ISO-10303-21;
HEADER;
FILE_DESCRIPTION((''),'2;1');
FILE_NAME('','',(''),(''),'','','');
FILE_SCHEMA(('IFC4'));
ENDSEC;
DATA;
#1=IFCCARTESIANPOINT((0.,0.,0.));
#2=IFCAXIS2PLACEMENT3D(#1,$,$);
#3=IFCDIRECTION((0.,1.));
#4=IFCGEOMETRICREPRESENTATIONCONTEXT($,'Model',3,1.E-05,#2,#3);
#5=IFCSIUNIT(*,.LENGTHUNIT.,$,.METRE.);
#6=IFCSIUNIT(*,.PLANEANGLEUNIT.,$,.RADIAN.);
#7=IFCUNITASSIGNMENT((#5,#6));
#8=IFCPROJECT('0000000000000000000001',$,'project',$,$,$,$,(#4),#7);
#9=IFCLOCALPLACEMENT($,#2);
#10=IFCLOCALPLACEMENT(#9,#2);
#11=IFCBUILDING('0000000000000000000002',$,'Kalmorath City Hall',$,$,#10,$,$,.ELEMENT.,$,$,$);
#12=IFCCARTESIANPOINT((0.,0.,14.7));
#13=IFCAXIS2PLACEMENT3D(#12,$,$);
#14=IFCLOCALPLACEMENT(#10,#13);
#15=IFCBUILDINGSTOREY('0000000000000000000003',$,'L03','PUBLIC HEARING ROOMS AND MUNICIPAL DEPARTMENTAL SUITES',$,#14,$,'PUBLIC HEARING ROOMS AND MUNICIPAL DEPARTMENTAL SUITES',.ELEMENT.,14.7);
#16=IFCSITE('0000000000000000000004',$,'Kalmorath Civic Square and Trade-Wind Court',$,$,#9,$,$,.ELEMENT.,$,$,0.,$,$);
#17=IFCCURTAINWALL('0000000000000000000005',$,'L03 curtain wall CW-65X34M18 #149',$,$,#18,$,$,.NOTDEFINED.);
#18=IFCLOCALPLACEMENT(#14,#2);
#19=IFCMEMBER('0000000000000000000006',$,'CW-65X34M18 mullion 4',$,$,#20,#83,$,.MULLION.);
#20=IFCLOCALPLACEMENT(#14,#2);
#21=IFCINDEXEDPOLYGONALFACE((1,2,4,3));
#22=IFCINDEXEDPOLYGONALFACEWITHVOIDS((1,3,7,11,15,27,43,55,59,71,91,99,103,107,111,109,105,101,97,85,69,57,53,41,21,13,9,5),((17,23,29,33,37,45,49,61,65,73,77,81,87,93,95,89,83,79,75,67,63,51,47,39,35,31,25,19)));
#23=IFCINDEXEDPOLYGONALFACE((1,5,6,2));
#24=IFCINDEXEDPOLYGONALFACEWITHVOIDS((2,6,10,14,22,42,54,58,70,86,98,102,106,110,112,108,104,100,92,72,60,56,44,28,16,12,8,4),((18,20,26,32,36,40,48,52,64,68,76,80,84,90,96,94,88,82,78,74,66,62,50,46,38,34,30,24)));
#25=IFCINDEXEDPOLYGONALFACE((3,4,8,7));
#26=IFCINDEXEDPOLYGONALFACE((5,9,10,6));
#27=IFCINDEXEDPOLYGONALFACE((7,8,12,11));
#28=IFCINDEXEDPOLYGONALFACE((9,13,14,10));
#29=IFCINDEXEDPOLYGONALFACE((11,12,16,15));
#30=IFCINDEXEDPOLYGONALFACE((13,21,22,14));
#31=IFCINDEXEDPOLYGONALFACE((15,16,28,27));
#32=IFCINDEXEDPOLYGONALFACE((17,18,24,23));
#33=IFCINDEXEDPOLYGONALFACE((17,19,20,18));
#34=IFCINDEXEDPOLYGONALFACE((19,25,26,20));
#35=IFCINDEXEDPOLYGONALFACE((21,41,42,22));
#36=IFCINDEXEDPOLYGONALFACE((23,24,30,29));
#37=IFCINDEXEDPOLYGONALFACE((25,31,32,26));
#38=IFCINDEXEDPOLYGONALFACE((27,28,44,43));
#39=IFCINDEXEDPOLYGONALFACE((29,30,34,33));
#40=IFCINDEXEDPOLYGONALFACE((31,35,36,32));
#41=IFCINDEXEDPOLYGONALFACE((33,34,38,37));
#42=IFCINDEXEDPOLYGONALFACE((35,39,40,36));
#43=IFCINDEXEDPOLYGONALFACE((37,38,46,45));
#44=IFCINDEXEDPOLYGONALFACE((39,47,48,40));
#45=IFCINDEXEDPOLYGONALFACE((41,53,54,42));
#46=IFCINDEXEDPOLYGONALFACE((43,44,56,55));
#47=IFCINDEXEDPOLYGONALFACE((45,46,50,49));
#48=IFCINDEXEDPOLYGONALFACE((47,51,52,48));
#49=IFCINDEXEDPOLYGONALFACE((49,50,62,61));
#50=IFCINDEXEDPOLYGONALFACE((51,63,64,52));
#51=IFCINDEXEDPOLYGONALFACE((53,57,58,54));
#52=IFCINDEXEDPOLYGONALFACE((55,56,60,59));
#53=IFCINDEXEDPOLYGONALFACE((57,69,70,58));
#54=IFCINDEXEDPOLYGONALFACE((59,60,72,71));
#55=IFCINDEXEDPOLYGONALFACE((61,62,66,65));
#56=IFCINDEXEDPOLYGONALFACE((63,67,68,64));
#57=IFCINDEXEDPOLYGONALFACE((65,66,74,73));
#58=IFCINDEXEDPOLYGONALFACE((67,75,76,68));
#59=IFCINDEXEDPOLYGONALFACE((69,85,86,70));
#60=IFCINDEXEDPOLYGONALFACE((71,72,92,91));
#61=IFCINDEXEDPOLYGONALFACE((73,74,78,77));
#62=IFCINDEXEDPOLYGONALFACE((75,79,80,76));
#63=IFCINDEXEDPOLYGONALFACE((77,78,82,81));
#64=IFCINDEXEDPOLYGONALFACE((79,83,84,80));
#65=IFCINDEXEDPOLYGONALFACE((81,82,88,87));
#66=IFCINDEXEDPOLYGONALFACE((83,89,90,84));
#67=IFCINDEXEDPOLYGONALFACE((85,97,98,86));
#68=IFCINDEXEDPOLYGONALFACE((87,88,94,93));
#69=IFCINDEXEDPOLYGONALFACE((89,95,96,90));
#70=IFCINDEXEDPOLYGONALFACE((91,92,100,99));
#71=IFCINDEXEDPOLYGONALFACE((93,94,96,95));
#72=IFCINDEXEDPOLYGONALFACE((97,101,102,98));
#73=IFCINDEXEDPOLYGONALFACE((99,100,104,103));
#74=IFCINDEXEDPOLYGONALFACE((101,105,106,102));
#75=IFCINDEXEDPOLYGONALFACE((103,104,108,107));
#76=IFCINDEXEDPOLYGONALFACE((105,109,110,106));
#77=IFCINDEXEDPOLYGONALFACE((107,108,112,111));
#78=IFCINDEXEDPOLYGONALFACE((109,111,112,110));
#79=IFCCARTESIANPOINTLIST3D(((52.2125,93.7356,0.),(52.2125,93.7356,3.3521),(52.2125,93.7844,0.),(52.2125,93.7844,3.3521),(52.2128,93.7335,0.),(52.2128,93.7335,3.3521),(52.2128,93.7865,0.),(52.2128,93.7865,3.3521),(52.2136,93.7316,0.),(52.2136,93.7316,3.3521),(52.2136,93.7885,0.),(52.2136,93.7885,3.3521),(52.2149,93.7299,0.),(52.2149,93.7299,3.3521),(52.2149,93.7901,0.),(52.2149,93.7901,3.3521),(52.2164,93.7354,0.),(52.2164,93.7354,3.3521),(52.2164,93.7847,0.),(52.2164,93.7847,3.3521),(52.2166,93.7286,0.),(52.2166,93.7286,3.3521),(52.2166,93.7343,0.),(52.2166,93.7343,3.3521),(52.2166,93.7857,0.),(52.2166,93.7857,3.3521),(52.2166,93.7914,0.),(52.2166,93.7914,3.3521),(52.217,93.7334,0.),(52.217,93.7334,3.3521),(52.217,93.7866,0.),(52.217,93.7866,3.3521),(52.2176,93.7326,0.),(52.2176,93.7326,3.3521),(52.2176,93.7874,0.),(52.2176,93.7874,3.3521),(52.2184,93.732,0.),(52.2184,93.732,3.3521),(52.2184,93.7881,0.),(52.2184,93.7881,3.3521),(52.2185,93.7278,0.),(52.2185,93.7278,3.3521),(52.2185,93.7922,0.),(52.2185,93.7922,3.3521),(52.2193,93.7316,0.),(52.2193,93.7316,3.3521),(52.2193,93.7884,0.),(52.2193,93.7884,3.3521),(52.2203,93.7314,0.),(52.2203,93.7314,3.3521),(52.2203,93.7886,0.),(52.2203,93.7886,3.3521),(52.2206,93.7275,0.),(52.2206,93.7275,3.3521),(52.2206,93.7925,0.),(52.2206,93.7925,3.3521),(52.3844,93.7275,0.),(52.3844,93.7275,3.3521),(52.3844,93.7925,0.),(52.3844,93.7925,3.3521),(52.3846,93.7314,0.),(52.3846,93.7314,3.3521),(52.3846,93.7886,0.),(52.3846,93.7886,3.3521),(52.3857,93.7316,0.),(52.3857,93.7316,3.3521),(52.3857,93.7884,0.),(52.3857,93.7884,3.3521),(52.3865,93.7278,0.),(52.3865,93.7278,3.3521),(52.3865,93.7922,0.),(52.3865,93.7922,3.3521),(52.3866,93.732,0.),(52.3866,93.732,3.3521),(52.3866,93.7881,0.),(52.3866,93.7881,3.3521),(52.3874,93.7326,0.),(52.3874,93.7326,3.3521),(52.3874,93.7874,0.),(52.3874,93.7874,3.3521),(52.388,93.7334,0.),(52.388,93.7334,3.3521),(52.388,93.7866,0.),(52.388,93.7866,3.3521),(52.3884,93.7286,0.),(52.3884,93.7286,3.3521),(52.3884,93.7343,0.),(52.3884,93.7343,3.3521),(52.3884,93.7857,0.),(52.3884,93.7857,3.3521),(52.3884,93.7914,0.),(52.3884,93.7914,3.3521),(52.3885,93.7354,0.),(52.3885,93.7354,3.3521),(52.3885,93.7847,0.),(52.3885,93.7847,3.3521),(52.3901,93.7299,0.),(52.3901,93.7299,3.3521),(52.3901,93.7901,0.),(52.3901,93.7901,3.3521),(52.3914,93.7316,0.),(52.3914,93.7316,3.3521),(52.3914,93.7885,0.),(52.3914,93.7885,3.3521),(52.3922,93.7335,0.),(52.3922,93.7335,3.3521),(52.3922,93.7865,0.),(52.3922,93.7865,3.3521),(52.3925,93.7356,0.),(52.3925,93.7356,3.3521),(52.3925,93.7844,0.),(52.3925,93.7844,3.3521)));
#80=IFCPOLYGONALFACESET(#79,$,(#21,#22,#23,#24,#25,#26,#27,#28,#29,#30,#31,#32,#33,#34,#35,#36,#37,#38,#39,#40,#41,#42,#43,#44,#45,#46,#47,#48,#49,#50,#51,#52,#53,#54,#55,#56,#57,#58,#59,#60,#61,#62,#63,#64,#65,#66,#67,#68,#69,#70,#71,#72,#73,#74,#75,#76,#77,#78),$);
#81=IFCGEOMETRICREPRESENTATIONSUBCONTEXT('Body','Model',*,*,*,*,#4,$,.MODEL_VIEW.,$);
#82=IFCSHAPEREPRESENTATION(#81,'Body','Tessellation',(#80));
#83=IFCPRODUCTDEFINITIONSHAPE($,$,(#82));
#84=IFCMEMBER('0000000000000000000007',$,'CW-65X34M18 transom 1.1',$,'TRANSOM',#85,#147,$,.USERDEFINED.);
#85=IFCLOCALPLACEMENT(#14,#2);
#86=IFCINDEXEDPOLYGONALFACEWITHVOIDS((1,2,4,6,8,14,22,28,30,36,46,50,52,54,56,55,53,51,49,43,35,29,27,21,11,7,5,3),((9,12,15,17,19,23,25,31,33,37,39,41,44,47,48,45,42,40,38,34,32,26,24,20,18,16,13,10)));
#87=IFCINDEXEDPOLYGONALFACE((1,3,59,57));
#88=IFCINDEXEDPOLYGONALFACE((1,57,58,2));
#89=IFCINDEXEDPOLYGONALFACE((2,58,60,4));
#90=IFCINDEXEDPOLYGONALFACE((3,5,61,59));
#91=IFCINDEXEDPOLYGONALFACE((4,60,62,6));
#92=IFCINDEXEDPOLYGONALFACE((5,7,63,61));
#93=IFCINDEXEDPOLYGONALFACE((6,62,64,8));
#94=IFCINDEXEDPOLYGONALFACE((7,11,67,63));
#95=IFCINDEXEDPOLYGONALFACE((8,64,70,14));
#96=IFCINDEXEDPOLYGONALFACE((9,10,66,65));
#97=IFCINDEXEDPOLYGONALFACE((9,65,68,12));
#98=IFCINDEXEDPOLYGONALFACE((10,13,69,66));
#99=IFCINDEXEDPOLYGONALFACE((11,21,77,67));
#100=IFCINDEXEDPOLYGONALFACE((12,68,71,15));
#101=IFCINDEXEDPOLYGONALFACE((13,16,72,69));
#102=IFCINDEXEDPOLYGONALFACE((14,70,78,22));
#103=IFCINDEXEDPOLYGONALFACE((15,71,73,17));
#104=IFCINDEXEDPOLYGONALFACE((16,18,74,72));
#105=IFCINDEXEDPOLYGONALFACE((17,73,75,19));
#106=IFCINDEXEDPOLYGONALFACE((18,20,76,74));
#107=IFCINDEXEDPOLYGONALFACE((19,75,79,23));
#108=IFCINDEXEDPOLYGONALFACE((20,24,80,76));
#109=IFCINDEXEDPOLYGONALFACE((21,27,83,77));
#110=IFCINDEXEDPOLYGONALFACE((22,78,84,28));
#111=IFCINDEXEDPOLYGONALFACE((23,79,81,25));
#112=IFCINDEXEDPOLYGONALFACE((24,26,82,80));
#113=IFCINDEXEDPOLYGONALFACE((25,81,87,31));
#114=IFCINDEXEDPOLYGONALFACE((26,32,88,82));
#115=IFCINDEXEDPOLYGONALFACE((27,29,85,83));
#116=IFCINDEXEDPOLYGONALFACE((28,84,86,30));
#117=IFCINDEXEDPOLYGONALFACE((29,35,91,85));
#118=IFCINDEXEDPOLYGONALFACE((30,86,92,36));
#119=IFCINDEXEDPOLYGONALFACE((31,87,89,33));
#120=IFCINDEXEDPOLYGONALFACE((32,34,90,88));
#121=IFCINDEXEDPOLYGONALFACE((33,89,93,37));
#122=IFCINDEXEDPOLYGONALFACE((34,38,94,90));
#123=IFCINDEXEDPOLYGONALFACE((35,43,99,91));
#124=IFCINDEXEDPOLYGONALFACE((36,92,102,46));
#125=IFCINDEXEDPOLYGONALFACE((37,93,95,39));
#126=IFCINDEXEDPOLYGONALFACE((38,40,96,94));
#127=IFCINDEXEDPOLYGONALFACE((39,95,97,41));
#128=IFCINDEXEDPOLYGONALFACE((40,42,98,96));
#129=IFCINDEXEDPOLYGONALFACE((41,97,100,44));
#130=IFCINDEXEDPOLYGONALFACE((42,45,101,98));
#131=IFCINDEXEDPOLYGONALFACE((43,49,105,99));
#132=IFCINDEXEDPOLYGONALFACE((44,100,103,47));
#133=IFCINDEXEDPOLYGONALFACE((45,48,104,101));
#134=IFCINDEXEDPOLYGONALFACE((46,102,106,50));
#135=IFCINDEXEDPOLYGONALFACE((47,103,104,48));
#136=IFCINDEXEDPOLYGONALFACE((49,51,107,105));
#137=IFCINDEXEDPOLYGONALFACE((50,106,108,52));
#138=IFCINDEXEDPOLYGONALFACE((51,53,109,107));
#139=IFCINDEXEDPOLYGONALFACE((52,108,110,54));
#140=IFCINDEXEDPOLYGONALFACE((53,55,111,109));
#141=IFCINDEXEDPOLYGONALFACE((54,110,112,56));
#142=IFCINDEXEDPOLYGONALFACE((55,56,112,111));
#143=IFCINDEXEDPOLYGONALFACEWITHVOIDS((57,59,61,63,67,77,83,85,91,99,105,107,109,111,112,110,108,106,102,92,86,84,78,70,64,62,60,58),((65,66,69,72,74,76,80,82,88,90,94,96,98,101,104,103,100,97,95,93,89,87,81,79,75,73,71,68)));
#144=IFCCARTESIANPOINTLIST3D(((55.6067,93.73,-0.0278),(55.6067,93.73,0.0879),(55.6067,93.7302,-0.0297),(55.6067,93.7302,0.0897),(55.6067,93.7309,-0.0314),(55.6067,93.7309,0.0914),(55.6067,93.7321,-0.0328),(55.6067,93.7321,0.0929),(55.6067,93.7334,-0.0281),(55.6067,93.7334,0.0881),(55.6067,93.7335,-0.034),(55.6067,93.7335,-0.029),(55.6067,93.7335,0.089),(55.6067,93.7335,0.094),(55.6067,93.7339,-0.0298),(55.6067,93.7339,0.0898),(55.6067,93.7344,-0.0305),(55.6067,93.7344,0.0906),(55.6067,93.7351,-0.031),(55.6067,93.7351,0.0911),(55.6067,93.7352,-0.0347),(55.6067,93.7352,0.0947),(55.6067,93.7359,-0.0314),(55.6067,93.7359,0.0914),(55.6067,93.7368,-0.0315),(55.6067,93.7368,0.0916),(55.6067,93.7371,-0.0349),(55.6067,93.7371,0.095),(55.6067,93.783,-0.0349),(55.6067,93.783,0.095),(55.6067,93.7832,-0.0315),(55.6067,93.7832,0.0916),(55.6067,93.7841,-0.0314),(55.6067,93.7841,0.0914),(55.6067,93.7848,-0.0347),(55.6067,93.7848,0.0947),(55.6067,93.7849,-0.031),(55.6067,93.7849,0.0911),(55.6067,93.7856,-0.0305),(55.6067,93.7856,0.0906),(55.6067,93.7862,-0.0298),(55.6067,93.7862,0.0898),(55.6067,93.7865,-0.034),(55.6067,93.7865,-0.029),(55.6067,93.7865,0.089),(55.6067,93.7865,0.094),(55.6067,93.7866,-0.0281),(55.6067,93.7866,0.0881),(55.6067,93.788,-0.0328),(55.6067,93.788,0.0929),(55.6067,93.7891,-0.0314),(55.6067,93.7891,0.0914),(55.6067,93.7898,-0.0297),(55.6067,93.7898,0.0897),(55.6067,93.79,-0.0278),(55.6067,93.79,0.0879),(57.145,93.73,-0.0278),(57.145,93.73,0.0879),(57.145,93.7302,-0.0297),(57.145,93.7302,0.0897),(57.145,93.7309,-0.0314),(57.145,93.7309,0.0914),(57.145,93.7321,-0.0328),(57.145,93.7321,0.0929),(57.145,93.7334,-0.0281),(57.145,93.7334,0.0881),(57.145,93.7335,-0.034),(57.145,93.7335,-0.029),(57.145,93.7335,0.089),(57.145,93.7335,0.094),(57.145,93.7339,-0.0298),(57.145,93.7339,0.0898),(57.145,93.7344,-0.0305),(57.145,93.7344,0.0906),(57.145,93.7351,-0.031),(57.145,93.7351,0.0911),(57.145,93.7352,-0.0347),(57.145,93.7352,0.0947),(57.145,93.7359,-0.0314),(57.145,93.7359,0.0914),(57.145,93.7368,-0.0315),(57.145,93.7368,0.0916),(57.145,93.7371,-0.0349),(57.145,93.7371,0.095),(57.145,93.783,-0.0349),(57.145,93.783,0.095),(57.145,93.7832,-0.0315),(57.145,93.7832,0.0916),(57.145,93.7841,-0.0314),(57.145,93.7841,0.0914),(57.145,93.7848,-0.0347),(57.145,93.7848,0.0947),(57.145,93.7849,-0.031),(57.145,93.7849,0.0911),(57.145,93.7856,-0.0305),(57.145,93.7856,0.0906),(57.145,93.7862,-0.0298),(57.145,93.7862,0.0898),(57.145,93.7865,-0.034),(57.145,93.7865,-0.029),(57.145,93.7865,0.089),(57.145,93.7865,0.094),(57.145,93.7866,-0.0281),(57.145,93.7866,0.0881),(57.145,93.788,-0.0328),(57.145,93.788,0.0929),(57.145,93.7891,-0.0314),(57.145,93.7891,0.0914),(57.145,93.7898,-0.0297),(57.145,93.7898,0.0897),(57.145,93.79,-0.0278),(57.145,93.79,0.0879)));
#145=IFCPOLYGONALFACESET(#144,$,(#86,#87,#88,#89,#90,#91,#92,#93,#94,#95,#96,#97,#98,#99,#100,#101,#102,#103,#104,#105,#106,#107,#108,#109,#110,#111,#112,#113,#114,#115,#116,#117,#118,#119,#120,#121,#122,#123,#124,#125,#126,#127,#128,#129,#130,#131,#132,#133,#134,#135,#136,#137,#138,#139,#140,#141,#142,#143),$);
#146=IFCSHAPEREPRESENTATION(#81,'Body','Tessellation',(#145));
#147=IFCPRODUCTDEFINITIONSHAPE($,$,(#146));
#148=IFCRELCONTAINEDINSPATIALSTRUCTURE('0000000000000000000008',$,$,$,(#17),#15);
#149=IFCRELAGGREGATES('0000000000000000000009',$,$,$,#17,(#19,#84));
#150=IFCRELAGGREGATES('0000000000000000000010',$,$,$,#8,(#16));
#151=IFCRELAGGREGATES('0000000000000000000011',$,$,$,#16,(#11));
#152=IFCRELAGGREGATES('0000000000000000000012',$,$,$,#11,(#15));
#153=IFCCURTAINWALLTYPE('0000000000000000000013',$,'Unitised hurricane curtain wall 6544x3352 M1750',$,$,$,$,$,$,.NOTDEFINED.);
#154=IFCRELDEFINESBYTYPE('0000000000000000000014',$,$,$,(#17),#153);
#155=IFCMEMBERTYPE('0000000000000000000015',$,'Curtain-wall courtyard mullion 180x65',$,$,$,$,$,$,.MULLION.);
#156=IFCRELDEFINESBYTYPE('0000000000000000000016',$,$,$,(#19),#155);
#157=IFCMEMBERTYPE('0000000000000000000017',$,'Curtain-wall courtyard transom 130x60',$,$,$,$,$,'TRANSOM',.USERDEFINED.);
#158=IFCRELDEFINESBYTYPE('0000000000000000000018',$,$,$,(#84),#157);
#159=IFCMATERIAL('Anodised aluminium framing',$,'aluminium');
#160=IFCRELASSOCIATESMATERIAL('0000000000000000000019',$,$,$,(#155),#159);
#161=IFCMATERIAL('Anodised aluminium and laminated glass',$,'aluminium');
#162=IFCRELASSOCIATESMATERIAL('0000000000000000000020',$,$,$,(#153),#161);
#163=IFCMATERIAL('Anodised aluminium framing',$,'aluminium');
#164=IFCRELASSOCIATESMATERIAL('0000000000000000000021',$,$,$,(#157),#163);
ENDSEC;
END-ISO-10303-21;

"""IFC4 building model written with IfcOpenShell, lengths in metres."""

from ifc_helpers import new_model, si_unit, direction, frame, origin, origin_2d, place, context, subcontext, project, spatial, hollow_rectangle, extrude, material, material_profile, profile_set, type_object, element, aggregate, save


model = new_model("IFC4")

# Units and contexts
model_context = context("Model", 3, precision=1e-05, world=origin(), true_north=direction((0.0, 1.0)))
body_context = subcontext(model_context, "Body", "Model", "MODEL_VIEW")
ifc_project = project(units=[si_unit("LENGTHUNIT", "METRE"), si_unit("PLANEANGLEUNIT", "RADIAN")], contexts=[model_context])

# Site, building, storey
site_placement = place(None, origin())
site = spatial("IfcSite", under=ifc_project, at=site_placement, Name="Kalmorath Civic Square and Trade-Wind Court", CompositionType="ELEMENT", RefElevation=0.0)
building_placement = place(site_placement, origin())
building = spatial("IfcBuilding", under=site, at=building_placement, Name="Kalmorath City Hall", CompositionType="ELEMENT")
storey_placement = place(building_placement, frame((0.0, 0.0, 14.7)))
storey = spatial("IfcBuildingStorey", under=building, at=storey_placement, Name="L03", Description="PUBLIC HEARING ROOMS AND MUNICIPAL DEPARTMENTAL SUITES", LongName="PUBLIC HEARING ROOMS AND MUNICIPAL DEPARTMENTAL SUITES", CompositionType="ELEMENT", Elevation=14.7)

# Shared definitions
ifc_material_1 = material(Name="Anodised aluminium framing", Category="aluminium")
ifc_material_profile_1 = material_profile(ifc_material_1, hollow_rectangle(XDim=0.0649, YDim=0.1799, WallThickness=0.0039, InnerFilletRadius=0.0039, OuterFilletRadius=0.0081, at=origin_2d()), Name="ALU-MUL-180X65X4")
ifc_profile_set_1 = profile_set([ifc_material_profile_1], Name="Anodised aluminium framing")
member_type_1 = type_object("IfcMemberType", Name="Curtain-wall courtyard mullion 180x65", PredefinedType="MULLION", material=ifc_profile_set_1)

# Curtain wall, members
ifc_material_2 = material(Name="Anodised aluminium and laminated glass", Category="aluminium")
curtain_wall_type_1 = type_object("IfcCurtainWallType", Name="Unitised hurricane curtain wall 6544x3352 M1750", PredefinedType="NOTDEFINED", material=ifc_material_2)
curtain_wall_1_placement = place(storey_placement, origin())
curtain_wall_1 = element("IfcCurtainWall", 1, at=curtain_wall_1_placement, inside=storey, type_object=curtain_wall_type_1, Name="L03 curtain wall CW-65X34M18 #149", PredefinedType="NOTDEFINED")
member_1_placement = place(storey_placement, frame((52.3025, 93.76, 0.0), z_axis=(0.0, 0.0, 1.0), x_axis=(0.0, -1.0, 0.0)))
member_1 = element("IfcMember", 2, at=member_1_placement, type_object=member_type_1, Name="CW-65X34M18 mullion 4", PredefinedType="MULLION", context=body_context, shape_type="SweptSolid", body=[
    extrude(hollow_rectangle(XDim=0.0649, YDim=0.1799, WallThickness=0.0039, InnerFilletRadius=0.0039, OuterFilletRadius=0.0081, at=origin_2d()), origin(), (0.0, 0.0, 1.0), 3.3521),
])
ifc_material_3 = material(Name="Anodised aluminium framing", Category="aluminium")
ifc_material_profile_2 = material_profile(ifc_material_3, hollow_rectangle(XDim=0.0601, YDim=0.1299, WallThickness=0.0034, InnerFilletRadius=0.0034, OuterFilletRadius=0.0071, at=origin_2d()), Name="ALU-TRN-130X60X3.5")
ifc_profile_set_2 = profile_set([ifc_material_profile_2], Name="Anodised aluminium framing")
member_type_2 = type_object("IfcMemberType", Name="Curtain-wall courtyard transom 130x60", ElementType="TRANSOM", PredefinedType="USERDEFINED", material=ifc_profile_set_2)
member_2_placement = place(storey_placement, frame((57.145, 93.76, 0.03), z_axis=(-1.0, 0.0, 0.0), x_axis=(0.0, -1.0, 0.0)))
member_2 = element("IfcMember", 3, at=member_2_placement, type_object=member_type_2, Name="CW-65X34M18 transom 1.1", ObjectType="TRANSOM", PredefinedType="USERDEFINED", context=body_context, shape_type="SweptSolid", body=[
    extrude(hollow_rectangle(XDim=0.0601, YDim=0.1299, WallThickness=0.0034, InnerFilletRadius=0.0034, OuterFilletRadius=0.0071, at=origin_2d()), origin(), (0.0, 0.0, 1.0), 1.5383),
])

aggregate(curtain_wall_1, [member_1, member_2])

save(model, "model.ifc")
